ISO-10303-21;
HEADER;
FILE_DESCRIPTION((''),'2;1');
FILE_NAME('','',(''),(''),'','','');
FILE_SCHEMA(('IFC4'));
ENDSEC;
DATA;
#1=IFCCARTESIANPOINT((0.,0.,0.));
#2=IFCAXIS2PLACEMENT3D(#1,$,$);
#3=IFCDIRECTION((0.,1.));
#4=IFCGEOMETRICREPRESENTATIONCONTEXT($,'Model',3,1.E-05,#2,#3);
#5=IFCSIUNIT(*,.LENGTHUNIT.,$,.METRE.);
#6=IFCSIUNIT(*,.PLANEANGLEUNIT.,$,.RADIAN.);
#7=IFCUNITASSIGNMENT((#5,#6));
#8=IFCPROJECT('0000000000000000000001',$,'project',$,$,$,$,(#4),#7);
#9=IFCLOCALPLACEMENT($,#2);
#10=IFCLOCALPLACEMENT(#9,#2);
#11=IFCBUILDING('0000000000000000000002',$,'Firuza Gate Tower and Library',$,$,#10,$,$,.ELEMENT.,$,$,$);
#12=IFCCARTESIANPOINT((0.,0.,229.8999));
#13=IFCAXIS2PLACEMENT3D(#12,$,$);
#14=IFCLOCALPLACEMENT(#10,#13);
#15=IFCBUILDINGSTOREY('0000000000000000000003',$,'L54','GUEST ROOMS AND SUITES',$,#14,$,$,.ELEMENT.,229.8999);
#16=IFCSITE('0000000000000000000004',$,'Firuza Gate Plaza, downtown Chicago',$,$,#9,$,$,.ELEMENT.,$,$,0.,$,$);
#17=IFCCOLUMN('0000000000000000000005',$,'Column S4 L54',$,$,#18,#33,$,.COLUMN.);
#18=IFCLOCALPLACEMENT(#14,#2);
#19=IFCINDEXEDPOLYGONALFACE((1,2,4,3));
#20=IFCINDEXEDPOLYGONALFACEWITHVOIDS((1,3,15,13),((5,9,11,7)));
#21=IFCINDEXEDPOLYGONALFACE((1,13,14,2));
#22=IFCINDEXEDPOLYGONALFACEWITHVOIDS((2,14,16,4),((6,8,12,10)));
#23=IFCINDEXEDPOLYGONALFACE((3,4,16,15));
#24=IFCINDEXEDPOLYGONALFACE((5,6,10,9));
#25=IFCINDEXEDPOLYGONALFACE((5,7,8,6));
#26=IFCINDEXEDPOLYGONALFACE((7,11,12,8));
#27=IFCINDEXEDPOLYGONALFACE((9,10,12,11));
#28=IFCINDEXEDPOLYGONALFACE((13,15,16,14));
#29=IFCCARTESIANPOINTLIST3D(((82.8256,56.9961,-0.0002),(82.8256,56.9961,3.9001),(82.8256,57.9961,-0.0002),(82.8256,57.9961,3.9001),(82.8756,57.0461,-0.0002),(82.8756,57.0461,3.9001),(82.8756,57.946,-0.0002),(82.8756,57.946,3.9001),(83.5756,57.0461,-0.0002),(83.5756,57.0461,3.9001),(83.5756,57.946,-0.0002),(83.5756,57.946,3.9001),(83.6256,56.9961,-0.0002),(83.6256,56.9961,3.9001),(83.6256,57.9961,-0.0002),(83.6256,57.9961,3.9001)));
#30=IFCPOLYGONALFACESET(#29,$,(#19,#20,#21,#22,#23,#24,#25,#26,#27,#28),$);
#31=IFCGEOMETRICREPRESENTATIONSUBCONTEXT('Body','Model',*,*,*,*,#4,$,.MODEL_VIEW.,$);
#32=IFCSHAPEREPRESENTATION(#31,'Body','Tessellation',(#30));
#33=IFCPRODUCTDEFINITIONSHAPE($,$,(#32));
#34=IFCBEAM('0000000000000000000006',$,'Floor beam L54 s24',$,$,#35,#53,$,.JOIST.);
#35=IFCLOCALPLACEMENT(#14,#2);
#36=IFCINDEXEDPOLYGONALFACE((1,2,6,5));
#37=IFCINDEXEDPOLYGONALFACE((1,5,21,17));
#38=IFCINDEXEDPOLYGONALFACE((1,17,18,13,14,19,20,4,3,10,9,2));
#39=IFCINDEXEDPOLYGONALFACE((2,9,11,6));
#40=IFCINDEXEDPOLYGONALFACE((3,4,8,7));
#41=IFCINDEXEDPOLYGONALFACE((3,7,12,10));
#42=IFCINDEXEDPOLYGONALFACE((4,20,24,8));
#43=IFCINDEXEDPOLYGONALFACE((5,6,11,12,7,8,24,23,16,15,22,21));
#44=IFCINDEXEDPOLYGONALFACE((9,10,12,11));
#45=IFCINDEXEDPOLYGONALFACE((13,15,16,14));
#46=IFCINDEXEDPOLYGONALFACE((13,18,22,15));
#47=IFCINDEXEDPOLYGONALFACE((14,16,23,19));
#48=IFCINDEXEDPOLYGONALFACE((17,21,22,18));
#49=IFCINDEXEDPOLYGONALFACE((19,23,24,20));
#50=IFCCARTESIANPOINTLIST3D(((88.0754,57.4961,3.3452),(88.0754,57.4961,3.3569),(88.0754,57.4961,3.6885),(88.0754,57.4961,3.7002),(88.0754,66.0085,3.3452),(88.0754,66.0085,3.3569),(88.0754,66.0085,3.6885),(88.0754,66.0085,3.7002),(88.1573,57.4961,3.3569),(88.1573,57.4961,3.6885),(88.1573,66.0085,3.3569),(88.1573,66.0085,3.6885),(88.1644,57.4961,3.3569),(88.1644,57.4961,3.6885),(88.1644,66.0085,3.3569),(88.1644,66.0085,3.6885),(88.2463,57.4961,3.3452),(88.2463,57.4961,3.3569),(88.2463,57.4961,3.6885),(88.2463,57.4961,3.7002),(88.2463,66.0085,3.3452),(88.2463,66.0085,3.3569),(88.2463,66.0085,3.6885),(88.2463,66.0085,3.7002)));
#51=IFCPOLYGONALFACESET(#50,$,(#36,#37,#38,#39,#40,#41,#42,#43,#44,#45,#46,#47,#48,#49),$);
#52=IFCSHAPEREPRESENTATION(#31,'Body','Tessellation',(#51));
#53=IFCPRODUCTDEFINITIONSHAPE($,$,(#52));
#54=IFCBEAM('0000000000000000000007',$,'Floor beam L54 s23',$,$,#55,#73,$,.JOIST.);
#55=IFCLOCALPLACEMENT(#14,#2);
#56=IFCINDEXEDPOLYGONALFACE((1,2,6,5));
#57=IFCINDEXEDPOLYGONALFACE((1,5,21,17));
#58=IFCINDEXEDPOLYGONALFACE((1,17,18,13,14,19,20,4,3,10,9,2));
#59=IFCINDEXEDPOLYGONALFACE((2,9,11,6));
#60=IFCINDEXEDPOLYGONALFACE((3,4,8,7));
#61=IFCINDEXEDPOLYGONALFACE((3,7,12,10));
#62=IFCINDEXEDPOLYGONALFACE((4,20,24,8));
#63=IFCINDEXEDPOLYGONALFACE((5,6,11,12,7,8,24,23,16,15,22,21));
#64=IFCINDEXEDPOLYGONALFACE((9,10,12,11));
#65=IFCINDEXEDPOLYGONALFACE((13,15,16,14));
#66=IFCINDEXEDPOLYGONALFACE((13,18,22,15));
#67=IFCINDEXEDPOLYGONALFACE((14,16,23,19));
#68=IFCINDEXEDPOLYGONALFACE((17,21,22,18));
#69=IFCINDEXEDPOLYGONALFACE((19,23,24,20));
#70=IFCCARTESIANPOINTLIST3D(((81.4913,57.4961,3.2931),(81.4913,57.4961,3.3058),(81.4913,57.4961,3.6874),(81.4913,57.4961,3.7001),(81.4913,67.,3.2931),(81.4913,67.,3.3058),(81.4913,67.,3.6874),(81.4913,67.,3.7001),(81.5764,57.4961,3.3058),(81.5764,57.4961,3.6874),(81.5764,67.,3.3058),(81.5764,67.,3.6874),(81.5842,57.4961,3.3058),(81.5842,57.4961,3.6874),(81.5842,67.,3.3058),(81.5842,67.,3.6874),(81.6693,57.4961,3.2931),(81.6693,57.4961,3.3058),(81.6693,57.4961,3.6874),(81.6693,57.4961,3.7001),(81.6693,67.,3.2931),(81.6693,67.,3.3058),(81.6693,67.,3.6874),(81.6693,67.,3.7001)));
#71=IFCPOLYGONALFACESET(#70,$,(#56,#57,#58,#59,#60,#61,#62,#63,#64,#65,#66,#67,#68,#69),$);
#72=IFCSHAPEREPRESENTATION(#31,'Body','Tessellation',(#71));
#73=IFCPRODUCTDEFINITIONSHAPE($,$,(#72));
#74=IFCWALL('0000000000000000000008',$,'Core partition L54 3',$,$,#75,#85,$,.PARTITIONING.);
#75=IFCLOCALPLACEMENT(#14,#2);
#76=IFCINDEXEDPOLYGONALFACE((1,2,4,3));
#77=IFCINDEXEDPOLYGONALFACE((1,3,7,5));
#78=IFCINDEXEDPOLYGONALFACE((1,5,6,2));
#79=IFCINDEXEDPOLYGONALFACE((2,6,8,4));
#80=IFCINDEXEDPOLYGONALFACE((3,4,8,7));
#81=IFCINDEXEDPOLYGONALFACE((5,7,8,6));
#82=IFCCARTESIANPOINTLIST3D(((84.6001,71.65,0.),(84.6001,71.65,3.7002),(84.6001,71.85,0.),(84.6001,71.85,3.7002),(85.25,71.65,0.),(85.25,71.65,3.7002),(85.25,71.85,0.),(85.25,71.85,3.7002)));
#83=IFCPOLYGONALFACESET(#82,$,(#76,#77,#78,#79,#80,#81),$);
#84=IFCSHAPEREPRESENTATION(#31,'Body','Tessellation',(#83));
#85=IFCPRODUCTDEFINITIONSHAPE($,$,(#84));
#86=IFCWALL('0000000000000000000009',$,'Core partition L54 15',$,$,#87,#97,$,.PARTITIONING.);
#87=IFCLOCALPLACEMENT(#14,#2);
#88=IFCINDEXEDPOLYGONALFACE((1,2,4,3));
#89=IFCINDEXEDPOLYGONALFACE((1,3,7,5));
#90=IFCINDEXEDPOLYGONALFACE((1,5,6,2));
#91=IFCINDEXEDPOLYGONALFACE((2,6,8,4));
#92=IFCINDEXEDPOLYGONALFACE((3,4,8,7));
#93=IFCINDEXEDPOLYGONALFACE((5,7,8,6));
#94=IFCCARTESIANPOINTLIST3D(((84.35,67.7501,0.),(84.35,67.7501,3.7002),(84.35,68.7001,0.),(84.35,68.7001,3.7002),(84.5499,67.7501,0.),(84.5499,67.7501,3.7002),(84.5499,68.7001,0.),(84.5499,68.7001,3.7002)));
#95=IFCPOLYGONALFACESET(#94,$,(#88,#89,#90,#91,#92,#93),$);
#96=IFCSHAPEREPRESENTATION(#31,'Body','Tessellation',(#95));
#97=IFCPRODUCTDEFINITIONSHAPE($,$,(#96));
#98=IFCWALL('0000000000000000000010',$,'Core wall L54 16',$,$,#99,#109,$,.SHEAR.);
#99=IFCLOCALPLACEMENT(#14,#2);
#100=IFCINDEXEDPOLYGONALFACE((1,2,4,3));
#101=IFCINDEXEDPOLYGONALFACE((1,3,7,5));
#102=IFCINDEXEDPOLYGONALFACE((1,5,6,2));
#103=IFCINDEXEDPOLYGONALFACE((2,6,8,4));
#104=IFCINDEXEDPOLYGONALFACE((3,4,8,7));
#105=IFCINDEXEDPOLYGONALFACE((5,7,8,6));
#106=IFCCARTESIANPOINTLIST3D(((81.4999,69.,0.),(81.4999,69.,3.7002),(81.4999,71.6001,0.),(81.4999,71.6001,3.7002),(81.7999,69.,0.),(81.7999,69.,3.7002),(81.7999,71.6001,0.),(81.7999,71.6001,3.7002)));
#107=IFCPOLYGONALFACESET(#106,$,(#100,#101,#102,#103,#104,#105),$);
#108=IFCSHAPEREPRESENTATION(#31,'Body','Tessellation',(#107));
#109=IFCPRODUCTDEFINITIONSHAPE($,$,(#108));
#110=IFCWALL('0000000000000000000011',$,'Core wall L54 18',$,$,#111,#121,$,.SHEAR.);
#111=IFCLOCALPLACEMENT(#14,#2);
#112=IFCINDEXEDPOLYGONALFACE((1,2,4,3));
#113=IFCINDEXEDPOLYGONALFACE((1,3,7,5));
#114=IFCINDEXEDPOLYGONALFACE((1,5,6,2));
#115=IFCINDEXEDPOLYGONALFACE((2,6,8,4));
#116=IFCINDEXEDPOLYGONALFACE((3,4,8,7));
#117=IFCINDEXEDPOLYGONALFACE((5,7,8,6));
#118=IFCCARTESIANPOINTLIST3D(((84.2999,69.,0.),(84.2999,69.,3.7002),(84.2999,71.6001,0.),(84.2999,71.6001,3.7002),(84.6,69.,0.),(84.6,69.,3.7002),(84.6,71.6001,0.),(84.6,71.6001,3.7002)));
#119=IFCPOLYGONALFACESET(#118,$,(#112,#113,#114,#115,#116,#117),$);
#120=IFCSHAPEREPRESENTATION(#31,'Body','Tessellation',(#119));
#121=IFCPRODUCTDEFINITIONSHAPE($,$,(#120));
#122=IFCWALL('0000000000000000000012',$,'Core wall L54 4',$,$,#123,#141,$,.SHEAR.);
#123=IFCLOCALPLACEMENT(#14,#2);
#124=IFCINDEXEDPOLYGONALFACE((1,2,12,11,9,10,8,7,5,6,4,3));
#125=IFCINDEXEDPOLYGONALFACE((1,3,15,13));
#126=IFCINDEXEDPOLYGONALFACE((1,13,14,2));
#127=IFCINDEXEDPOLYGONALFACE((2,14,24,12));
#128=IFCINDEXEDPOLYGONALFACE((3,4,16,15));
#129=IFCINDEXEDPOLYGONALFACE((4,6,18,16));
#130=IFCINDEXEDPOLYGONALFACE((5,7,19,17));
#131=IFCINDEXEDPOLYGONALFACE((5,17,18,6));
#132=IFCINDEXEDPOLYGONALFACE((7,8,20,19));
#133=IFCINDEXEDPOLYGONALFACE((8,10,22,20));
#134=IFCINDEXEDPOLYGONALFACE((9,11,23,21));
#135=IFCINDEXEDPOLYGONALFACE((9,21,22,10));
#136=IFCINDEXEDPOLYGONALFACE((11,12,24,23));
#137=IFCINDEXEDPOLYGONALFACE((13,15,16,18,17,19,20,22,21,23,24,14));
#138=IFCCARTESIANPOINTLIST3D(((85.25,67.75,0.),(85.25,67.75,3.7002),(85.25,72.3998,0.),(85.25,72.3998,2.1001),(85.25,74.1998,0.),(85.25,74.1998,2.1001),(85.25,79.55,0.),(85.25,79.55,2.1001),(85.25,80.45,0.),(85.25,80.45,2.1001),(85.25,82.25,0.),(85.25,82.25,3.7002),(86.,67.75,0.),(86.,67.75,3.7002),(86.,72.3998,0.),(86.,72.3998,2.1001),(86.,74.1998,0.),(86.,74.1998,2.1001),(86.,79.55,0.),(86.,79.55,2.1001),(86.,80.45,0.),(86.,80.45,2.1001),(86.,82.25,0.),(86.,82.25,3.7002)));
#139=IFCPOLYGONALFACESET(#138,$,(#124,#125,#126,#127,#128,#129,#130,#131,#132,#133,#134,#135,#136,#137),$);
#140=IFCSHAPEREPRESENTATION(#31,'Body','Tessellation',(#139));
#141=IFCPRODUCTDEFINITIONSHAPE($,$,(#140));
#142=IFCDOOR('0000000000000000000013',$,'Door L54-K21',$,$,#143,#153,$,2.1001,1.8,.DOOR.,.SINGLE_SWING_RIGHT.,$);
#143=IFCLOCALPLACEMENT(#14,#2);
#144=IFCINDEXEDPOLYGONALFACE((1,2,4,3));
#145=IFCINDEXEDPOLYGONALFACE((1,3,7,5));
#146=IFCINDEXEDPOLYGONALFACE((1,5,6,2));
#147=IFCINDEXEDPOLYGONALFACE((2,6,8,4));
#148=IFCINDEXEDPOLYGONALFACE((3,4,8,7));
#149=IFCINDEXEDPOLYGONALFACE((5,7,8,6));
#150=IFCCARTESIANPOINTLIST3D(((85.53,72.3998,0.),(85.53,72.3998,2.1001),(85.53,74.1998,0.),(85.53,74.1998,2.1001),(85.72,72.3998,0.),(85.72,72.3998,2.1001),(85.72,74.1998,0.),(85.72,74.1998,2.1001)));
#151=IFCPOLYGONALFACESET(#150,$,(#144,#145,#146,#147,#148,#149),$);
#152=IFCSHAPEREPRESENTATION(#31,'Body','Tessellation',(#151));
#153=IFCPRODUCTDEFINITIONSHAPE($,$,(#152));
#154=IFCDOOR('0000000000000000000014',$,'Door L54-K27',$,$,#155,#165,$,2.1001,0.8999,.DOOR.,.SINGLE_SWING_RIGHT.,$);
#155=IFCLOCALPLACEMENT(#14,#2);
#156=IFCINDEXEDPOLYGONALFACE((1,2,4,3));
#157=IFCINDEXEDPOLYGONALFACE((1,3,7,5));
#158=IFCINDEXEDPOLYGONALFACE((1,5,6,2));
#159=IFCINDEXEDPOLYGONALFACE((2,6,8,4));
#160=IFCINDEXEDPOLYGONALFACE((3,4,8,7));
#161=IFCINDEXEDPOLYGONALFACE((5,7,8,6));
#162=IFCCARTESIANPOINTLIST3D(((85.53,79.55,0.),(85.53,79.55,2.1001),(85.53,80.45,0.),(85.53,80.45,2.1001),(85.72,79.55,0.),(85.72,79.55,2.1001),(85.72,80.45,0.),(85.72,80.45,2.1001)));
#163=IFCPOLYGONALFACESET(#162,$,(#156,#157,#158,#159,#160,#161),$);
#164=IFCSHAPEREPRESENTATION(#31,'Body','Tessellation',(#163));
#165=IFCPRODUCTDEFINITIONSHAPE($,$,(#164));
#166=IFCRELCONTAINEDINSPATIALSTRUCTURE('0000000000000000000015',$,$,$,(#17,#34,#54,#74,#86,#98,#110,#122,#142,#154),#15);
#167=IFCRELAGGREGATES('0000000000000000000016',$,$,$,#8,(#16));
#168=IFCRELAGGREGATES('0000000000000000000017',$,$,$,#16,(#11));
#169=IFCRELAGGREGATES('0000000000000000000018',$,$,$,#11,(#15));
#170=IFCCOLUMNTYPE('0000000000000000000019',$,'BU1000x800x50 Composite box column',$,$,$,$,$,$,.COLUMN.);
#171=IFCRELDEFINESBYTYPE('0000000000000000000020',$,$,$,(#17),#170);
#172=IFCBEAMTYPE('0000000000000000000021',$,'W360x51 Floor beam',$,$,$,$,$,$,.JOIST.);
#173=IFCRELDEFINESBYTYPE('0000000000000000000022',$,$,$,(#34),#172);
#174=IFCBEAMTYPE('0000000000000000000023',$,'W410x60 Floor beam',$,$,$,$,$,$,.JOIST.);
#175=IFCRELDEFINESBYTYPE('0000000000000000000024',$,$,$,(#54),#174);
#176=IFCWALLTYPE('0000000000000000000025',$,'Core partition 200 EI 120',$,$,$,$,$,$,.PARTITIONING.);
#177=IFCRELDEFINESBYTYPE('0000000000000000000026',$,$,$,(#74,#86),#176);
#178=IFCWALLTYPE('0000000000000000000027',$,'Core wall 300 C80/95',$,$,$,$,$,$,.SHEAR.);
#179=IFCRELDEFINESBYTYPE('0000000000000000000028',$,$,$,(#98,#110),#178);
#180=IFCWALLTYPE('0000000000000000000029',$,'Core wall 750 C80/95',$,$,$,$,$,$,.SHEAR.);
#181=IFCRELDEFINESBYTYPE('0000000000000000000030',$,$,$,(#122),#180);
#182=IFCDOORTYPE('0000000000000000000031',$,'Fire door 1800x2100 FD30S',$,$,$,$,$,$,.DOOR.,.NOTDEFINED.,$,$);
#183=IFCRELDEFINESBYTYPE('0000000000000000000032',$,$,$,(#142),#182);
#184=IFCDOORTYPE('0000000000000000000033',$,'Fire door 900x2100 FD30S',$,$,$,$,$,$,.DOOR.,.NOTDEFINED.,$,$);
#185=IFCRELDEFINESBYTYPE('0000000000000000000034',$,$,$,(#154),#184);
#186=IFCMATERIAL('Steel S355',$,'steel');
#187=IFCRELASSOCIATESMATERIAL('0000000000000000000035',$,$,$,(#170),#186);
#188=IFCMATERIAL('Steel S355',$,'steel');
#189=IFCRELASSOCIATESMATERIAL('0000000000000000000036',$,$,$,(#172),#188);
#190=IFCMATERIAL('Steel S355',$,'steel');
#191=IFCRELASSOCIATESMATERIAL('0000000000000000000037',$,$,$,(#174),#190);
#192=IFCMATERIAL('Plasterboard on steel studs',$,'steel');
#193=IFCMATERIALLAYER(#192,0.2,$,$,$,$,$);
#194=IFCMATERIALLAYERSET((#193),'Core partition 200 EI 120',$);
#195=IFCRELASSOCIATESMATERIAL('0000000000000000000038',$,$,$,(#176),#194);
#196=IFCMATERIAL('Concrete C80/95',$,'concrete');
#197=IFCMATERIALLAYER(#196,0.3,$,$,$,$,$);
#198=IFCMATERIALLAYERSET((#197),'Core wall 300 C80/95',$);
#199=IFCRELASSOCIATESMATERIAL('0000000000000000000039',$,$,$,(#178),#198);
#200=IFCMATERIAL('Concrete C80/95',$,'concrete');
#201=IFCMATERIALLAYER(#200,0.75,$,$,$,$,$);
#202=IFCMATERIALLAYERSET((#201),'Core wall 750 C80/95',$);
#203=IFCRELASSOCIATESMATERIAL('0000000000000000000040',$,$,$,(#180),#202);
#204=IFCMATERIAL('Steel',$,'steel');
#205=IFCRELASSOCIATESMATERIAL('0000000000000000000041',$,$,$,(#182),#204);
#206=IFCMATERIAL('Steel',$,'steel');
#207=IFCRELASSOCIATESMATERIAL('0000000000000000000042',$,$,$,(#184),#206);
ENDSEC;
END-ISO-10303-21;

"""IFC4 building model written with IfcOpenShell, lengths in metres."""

from ifc_helpers import new_model, si_unit, direction, frame, frame_2d, origin, origin_2d, place, context, subcontext, project, spatial, rectangle, hollow_rectangle, i_section, extrude, material, layer, layer_set, material_profile, profile_set, type_object, element, fill, save


model = new_model("IFC4")

# Units and contexts
model_context = context("Model", 3, precision=1e-05, world=origin(), true_north=direction((0.0, 1.0)))
body_context = subcontext(model_context, "Body", "Model", "MODEL_VIEW")
ifc_project = project(units=[si_unit("LENGTHUNIT", "METRE"), si_unit("PLANEANGLEUNIT", "RADIAN")], contexts=[model_context])

# Site, building, storey
site_placement = place(None, origin())
site = spatial("IfcSite", under=ifc_project, at=site_placement, Name="Firuza Gate Plaza, downtown Chicago", CompositionType="ELEMENT", RefElevation=0.0)
building_placement = place(site_placement, origin())
building = spatial("IfcBuilding", under=site, at=building_placement, Name="Firuza Gate Tower and Library", CompositionType="ELEMENT")
storey_placement = place(building_placement, frame((0.0, 0.0, 229.8999)))
storey = spatial("IfcBuildingStorey", under=building, at=storey_placement, Name="L54", Description="GUEST ROOMS AND SUITES", CompositionType="ELEMENT", Elevation=229.8999)

# Column
ifc_material_1 = material(Name="Steel S355", Category="steel")
ifc_material_profile_1 = material_profile(ifc_material_1, hollow_rectangle(XDim=0.8, YDim=1.0, WallThickness=0.05, at=origin_2d()))
ifc_profile_set_1 = profile_set([ifc_material_profile_1], Name="Steel S355")
column_type = type_object("IfcColumnType", Name="BU1000x800x50 Composite box column", PredefinedType="COLUMN", material=ifc_profile_set_1)
column_placement = place(storey_placement, frame((83.2256, 57.4961, -0.0002), z_axis=(0.0, 0.0, 1.0), x_axis=(1.0, 0.0, 0.0)))
element("IfcColumn", 1, at=column_placement, inside=storey, type_object=column_type, Name="Column S4 L54", PredefinedType="COLUMN", context=body_context, shape_type="SweptSolid", body=[
    extrude(hollow_rectangle(XDim=0.8, YDim=1.0, WallThickness=0.05, at=origin_2d()), origin(), (0.0, 0.0, 1.0), 3.9004),
])

# Beams
ifc_material_2 = material(Name="Steel S355", Category="steel")
ifc_material_profile_2 = material_profile(ifc_material_2, i_section(OverallWidth=0.1709, OverallDepth=0.355, WebThickness=0.0071, FlangeThickness=0.0117, at=origin_2d()))
ifc_profile_set_2 = profile_set([ifc_material_profile_2], Name="Steel S355")
beam_type_1 = type_object("IfcBeamType", Name="W360x51 Floor beam", PredefinedType="JOIST", material=ifc_profile_set_2)
beam_1_placement = place(storey_placement, frame((88.1609, 57.4961, 3.5227), z_axis=(0.0, 1.0, 0.0), x_axis=(-1.0, 0.0, 0.0)))
element("IfcBeam", 2, at=beam_1_placement, inside=storey, type_object=beam_type_1, Name="Floor beam L54 s24", PredefinedType="JOIST", context=body_context, shape_type="SweptSolid", body=[
    extrude(i_section(OverallWidth=0.1709, OverallDepth=0.355, WebThickness=0.0071, FlangeThickness=0.0117, at=origin_2d()), origin(), (0.0, 0.0, 1.0), 8.5125),
])
ifc_material_3 = material(Name="Steel S355", Category="steel")
ifc_material_profile_3 = material_profile(ifc_material_3, i_section(OverallWidth=0.178, OverallDepth=0.407, WebThickness=0.0078, FlangeThickness=0.0127, at=origin_2d()))
ifc_profile_set_3 = profile_set([ifc_material_profile_3], Name="Steel S355")
beam_type_2 = type_object("IfcBeamType", Name="W410x60 Floor beam", PredefinedType="JOIST", material=ifc_profile_set_3)
beam_2_placement = place(storey_placement, frame((81.5803, 57.4961, 3.4966), z_axis=(0.0, 1.0, 0.0), x_axis=(-1.0, 0.0, 0.0)))
element("IfcBeam", 3, at=beam_2_placement, inside=storey, type_object=beam_type_2, Name="Floor beam L54 s23", PredefinedType="JOIST", context=body_context, shape_type="SweptSolid", body=[
    extrude(i_section(OverallWidth=0.178, OverallDepth=0.407, WebThickness=0.0078, FlangeThickness=0.0127, at=origin_2d()), origin(), (0.0, 0.0, 1.0), 9.5039),
])

# Walls
ifc_material_4 = material(Name="Plasterboard on steel studs", Category="steel")
ifc_layer_1 = layer(ifc_material_4, 0.2)
ifc_layer_set_1 = layer_set([ifc_layer_1], Name="Core partition 200 EI 120")
wall_type_1 = type_object("IfcWallType", Name="Core partition 200 EI 120", PredefinedType="PARTITIONING", material=ifc_layer_set_1)
wall_1_placement = place(storey_placement, frame((84.6001, 71.75, 0.0), z_axis=(0.0, 0.0, 1.0), x_axis=(1.0, 0.0, 0.0)))
element("IfcWall", 4, at=wall_1_placement, inside=storey, type_object=wall_type_1, Name="Core partition L54 3", PredefinedType="PARTITIONING", context=body_context, shape_type="SweptSolid", body=[
    extrude(rectangle(XDim=0.6499, YDim=0.2, at=frame_2d((0.325, 0.0))), origin(), (0.0, 0.0, 1.0), 3.7002),
])
wall_2_placement = place(storey_placement, frame((84.45, 67.75, 0.0), z_axis=(0.0, 0.0, 1.0), x_axis=(0.0, 1.0, 0.0)))
element("IfcWall", 5, at=wall_2_placement, inside=storey, type_object=wall_type_1, Name="Core partition L54 15", PredefinedType="PARTITIONING", context=body_context, shape_type="SweptSolid", body=[
    extrude(rectangle(XDim=0.95, YDim=0.2, at=frame_2d((0.4751, 0.0))), origin(), (0.0, 0.0, 1.0), 3.7002),
])
ifc_material_5 = material(Name="Concrete C80/95", Category="concrete")
ifc_layer_2 = layer(ifc_material_5, 0.3)
ifc_layer_set_2 = layer_set([ifc_layer_2], Name="Core wall 300 C80/95")
wall_type_2 = type_object("IfcWallType", Name="Core wall 300 C80/95", PredefinedType="SHEAR", material=ifc_layer_set_2)
for number, where, z_axis, x_axis, name in (
    (6, (81.6499, 69.0, 0.0), (0.0, 0.0, 1.0), (0.0, 1.0, 0.0), "Core wall L54 16"),
    (7, (84.45, 69.0, 0.0), (0.0, 0.0, 1.0), (0.0, 1.0, 0.0), "Core wall L54 18"),
):
    element("IfcWall", number, at=place(storey_placement, frame(where, z_axis=z_axis, x_axis=x_axis)), inside=storey, type_object=wall_type_2, Name=name, PredefinedType="SHEAR", context=body_context, shape_type="SweptSolid", body=[
        extrude(rectangle(XDim=2.6001, YDim=0.3, at=frame_2d((1.3, 0.0))), origin(), (0.0, 0.0, 1.0), 3.7002),
    ])

# Wall, openings, doors
ifc_material_6 = material(Name="Concrete C80/95", Category="concrete")
ifc_layer_3 = layer(ifc_material_6, 0.75)
ifc_layer_set_3 = layer_set([ifc_layer_3], Name="Core wall 750 C80/95")
wall_type_3 = type_object("IfcWallType", Name="Core wall 750 C80/95", PredefinedType="SHEAR", material=ifc_layer_set_3)
wall_3_placement = place(storey_placement, frame((85.625, 67.75, 0.0), z_axis=(0.0, 0.0, 1.0), x_axis=(0.0, 1.0, 0.0)))
wall_3 = element("IfcWall", 8, at=wall_3_placement, inside=storey, type_object=wall_type_3, Name="Core wall L54 4", PredefinedType="SHEAR", context=body_context, shape_type="SweptSolid", body=[
    extrude(rectangle(XDim=14.5, YDim=0.75, at=frame_2d((7.25, 0.0))), origin(), (0.0, 0.0, 1.0), 3.7002),
])
opening_1_placement = place(wall_3_placement, frame((4.6499, 0.0, 0.0)))
opening_1 = element("IfcOpeningElement", 9, at=opening_1_placement, cuts=wall_3, PredefinedType="OPENING", context=body_context, shape_type="SweptSolid", body=[
    extrude(rectangle(XDim=1.8, YDim=2.1001, at=frame_2d((0.8999, 1.05))), frame((0.0, 0.385, 0.0), z_axis=(0.0, -1.0, 0.0), x_axis=(1.0, 0.0, 0.0)), (0.0, 0.0, 1.0), 0.77),
])
opening_2_placement = place(wall_3_placement, frame((11.8, 0.0, 0.0)))
opening_2 = element("IfcOpeningElement", 10, at=opening_2_placement, cuts=wall_3, PredefinedType="OPENING", context=body_context, shape_type="SweptSolid", body=[
    extrude(rectangle(XDim=0.8999, YDim=2.1001, at=frame_2d((0.45, 1.05))), frame((0.0, 0.385, 0.0), z_axis=(0.0, -1.0, 0.0), x_axis=(1.0, 0.0, 0.0)), (0.0, 0.0, 1.0), 0.77),
])
ifc_material_7 = material(Name="Steel", Category="steel")
door_type_1 = type_object("IfcDoorType", Name="Fire door 1800x2100 FD30S", OperationType="NOTDEFINED", PredefinedType="DOOR", material=ifc_material_7)
door_1_placement = place(opening_1_placement, origin())
door_1 = element("IfcDoor", 11, at=door_1_placement, inside=storey, type_object=door_type_1, Name="Door L54-K21", OperationType="SINGLE_SWING_RIGHT", OverallHeight=2.1001, OverallWidth=1.8, PredefinedType="DOOR", context=body_context, shape_type="SweptSolid", body=[
    extrude(rectangle(XDim=1.8, YDim=2.1001, at=frame_2d((0.8999, 1.05))), frame((0.0, 0.095, 0.0), z_axis=(0.0, -1.0, 0.0), x_axis=(1.0, 0.0, 0.0)), (0.0, 0.0, 1.0), 0.1899),
])
fill(opening_1, door_1)
ifc_material_8 = material(Name="Steel", Category="steel")
door_type_2 = type_object("IfcDoorType", Name="Fire door 900x2100 FD30S", OperationType="NOTDEFINED", PredefinedType="DOOR", material=ifc_material_8)
door_2_placement = place(opening_2_placement, origin())
door_2 = element("IfcDoor", 12, at=door_2_placement, inside=storey, type_object=door_type_2, Name="Door L54-K27", OperationType="SINGLE_SWING_RIGHT", OverallHeight=2.1001, OverallWidth=0.8999, PredefinedType="DOOR", context=body_context, shape_type="SweptSolid", body=[
    extrude(rectangle(XDim=0.8999, YDim=2.1001, at=frame_2d((0.45, 1.05))), frame((0.0, 0.095, 0.0), z_axis=(0.0, -1.0, 0.0), x_axis=(1.0, 0.0, 0.0)), (0.0, 0.0, 1.0), 0.1899),
])
fill(opening_2, door_2)

save(model, "model.ifc")
